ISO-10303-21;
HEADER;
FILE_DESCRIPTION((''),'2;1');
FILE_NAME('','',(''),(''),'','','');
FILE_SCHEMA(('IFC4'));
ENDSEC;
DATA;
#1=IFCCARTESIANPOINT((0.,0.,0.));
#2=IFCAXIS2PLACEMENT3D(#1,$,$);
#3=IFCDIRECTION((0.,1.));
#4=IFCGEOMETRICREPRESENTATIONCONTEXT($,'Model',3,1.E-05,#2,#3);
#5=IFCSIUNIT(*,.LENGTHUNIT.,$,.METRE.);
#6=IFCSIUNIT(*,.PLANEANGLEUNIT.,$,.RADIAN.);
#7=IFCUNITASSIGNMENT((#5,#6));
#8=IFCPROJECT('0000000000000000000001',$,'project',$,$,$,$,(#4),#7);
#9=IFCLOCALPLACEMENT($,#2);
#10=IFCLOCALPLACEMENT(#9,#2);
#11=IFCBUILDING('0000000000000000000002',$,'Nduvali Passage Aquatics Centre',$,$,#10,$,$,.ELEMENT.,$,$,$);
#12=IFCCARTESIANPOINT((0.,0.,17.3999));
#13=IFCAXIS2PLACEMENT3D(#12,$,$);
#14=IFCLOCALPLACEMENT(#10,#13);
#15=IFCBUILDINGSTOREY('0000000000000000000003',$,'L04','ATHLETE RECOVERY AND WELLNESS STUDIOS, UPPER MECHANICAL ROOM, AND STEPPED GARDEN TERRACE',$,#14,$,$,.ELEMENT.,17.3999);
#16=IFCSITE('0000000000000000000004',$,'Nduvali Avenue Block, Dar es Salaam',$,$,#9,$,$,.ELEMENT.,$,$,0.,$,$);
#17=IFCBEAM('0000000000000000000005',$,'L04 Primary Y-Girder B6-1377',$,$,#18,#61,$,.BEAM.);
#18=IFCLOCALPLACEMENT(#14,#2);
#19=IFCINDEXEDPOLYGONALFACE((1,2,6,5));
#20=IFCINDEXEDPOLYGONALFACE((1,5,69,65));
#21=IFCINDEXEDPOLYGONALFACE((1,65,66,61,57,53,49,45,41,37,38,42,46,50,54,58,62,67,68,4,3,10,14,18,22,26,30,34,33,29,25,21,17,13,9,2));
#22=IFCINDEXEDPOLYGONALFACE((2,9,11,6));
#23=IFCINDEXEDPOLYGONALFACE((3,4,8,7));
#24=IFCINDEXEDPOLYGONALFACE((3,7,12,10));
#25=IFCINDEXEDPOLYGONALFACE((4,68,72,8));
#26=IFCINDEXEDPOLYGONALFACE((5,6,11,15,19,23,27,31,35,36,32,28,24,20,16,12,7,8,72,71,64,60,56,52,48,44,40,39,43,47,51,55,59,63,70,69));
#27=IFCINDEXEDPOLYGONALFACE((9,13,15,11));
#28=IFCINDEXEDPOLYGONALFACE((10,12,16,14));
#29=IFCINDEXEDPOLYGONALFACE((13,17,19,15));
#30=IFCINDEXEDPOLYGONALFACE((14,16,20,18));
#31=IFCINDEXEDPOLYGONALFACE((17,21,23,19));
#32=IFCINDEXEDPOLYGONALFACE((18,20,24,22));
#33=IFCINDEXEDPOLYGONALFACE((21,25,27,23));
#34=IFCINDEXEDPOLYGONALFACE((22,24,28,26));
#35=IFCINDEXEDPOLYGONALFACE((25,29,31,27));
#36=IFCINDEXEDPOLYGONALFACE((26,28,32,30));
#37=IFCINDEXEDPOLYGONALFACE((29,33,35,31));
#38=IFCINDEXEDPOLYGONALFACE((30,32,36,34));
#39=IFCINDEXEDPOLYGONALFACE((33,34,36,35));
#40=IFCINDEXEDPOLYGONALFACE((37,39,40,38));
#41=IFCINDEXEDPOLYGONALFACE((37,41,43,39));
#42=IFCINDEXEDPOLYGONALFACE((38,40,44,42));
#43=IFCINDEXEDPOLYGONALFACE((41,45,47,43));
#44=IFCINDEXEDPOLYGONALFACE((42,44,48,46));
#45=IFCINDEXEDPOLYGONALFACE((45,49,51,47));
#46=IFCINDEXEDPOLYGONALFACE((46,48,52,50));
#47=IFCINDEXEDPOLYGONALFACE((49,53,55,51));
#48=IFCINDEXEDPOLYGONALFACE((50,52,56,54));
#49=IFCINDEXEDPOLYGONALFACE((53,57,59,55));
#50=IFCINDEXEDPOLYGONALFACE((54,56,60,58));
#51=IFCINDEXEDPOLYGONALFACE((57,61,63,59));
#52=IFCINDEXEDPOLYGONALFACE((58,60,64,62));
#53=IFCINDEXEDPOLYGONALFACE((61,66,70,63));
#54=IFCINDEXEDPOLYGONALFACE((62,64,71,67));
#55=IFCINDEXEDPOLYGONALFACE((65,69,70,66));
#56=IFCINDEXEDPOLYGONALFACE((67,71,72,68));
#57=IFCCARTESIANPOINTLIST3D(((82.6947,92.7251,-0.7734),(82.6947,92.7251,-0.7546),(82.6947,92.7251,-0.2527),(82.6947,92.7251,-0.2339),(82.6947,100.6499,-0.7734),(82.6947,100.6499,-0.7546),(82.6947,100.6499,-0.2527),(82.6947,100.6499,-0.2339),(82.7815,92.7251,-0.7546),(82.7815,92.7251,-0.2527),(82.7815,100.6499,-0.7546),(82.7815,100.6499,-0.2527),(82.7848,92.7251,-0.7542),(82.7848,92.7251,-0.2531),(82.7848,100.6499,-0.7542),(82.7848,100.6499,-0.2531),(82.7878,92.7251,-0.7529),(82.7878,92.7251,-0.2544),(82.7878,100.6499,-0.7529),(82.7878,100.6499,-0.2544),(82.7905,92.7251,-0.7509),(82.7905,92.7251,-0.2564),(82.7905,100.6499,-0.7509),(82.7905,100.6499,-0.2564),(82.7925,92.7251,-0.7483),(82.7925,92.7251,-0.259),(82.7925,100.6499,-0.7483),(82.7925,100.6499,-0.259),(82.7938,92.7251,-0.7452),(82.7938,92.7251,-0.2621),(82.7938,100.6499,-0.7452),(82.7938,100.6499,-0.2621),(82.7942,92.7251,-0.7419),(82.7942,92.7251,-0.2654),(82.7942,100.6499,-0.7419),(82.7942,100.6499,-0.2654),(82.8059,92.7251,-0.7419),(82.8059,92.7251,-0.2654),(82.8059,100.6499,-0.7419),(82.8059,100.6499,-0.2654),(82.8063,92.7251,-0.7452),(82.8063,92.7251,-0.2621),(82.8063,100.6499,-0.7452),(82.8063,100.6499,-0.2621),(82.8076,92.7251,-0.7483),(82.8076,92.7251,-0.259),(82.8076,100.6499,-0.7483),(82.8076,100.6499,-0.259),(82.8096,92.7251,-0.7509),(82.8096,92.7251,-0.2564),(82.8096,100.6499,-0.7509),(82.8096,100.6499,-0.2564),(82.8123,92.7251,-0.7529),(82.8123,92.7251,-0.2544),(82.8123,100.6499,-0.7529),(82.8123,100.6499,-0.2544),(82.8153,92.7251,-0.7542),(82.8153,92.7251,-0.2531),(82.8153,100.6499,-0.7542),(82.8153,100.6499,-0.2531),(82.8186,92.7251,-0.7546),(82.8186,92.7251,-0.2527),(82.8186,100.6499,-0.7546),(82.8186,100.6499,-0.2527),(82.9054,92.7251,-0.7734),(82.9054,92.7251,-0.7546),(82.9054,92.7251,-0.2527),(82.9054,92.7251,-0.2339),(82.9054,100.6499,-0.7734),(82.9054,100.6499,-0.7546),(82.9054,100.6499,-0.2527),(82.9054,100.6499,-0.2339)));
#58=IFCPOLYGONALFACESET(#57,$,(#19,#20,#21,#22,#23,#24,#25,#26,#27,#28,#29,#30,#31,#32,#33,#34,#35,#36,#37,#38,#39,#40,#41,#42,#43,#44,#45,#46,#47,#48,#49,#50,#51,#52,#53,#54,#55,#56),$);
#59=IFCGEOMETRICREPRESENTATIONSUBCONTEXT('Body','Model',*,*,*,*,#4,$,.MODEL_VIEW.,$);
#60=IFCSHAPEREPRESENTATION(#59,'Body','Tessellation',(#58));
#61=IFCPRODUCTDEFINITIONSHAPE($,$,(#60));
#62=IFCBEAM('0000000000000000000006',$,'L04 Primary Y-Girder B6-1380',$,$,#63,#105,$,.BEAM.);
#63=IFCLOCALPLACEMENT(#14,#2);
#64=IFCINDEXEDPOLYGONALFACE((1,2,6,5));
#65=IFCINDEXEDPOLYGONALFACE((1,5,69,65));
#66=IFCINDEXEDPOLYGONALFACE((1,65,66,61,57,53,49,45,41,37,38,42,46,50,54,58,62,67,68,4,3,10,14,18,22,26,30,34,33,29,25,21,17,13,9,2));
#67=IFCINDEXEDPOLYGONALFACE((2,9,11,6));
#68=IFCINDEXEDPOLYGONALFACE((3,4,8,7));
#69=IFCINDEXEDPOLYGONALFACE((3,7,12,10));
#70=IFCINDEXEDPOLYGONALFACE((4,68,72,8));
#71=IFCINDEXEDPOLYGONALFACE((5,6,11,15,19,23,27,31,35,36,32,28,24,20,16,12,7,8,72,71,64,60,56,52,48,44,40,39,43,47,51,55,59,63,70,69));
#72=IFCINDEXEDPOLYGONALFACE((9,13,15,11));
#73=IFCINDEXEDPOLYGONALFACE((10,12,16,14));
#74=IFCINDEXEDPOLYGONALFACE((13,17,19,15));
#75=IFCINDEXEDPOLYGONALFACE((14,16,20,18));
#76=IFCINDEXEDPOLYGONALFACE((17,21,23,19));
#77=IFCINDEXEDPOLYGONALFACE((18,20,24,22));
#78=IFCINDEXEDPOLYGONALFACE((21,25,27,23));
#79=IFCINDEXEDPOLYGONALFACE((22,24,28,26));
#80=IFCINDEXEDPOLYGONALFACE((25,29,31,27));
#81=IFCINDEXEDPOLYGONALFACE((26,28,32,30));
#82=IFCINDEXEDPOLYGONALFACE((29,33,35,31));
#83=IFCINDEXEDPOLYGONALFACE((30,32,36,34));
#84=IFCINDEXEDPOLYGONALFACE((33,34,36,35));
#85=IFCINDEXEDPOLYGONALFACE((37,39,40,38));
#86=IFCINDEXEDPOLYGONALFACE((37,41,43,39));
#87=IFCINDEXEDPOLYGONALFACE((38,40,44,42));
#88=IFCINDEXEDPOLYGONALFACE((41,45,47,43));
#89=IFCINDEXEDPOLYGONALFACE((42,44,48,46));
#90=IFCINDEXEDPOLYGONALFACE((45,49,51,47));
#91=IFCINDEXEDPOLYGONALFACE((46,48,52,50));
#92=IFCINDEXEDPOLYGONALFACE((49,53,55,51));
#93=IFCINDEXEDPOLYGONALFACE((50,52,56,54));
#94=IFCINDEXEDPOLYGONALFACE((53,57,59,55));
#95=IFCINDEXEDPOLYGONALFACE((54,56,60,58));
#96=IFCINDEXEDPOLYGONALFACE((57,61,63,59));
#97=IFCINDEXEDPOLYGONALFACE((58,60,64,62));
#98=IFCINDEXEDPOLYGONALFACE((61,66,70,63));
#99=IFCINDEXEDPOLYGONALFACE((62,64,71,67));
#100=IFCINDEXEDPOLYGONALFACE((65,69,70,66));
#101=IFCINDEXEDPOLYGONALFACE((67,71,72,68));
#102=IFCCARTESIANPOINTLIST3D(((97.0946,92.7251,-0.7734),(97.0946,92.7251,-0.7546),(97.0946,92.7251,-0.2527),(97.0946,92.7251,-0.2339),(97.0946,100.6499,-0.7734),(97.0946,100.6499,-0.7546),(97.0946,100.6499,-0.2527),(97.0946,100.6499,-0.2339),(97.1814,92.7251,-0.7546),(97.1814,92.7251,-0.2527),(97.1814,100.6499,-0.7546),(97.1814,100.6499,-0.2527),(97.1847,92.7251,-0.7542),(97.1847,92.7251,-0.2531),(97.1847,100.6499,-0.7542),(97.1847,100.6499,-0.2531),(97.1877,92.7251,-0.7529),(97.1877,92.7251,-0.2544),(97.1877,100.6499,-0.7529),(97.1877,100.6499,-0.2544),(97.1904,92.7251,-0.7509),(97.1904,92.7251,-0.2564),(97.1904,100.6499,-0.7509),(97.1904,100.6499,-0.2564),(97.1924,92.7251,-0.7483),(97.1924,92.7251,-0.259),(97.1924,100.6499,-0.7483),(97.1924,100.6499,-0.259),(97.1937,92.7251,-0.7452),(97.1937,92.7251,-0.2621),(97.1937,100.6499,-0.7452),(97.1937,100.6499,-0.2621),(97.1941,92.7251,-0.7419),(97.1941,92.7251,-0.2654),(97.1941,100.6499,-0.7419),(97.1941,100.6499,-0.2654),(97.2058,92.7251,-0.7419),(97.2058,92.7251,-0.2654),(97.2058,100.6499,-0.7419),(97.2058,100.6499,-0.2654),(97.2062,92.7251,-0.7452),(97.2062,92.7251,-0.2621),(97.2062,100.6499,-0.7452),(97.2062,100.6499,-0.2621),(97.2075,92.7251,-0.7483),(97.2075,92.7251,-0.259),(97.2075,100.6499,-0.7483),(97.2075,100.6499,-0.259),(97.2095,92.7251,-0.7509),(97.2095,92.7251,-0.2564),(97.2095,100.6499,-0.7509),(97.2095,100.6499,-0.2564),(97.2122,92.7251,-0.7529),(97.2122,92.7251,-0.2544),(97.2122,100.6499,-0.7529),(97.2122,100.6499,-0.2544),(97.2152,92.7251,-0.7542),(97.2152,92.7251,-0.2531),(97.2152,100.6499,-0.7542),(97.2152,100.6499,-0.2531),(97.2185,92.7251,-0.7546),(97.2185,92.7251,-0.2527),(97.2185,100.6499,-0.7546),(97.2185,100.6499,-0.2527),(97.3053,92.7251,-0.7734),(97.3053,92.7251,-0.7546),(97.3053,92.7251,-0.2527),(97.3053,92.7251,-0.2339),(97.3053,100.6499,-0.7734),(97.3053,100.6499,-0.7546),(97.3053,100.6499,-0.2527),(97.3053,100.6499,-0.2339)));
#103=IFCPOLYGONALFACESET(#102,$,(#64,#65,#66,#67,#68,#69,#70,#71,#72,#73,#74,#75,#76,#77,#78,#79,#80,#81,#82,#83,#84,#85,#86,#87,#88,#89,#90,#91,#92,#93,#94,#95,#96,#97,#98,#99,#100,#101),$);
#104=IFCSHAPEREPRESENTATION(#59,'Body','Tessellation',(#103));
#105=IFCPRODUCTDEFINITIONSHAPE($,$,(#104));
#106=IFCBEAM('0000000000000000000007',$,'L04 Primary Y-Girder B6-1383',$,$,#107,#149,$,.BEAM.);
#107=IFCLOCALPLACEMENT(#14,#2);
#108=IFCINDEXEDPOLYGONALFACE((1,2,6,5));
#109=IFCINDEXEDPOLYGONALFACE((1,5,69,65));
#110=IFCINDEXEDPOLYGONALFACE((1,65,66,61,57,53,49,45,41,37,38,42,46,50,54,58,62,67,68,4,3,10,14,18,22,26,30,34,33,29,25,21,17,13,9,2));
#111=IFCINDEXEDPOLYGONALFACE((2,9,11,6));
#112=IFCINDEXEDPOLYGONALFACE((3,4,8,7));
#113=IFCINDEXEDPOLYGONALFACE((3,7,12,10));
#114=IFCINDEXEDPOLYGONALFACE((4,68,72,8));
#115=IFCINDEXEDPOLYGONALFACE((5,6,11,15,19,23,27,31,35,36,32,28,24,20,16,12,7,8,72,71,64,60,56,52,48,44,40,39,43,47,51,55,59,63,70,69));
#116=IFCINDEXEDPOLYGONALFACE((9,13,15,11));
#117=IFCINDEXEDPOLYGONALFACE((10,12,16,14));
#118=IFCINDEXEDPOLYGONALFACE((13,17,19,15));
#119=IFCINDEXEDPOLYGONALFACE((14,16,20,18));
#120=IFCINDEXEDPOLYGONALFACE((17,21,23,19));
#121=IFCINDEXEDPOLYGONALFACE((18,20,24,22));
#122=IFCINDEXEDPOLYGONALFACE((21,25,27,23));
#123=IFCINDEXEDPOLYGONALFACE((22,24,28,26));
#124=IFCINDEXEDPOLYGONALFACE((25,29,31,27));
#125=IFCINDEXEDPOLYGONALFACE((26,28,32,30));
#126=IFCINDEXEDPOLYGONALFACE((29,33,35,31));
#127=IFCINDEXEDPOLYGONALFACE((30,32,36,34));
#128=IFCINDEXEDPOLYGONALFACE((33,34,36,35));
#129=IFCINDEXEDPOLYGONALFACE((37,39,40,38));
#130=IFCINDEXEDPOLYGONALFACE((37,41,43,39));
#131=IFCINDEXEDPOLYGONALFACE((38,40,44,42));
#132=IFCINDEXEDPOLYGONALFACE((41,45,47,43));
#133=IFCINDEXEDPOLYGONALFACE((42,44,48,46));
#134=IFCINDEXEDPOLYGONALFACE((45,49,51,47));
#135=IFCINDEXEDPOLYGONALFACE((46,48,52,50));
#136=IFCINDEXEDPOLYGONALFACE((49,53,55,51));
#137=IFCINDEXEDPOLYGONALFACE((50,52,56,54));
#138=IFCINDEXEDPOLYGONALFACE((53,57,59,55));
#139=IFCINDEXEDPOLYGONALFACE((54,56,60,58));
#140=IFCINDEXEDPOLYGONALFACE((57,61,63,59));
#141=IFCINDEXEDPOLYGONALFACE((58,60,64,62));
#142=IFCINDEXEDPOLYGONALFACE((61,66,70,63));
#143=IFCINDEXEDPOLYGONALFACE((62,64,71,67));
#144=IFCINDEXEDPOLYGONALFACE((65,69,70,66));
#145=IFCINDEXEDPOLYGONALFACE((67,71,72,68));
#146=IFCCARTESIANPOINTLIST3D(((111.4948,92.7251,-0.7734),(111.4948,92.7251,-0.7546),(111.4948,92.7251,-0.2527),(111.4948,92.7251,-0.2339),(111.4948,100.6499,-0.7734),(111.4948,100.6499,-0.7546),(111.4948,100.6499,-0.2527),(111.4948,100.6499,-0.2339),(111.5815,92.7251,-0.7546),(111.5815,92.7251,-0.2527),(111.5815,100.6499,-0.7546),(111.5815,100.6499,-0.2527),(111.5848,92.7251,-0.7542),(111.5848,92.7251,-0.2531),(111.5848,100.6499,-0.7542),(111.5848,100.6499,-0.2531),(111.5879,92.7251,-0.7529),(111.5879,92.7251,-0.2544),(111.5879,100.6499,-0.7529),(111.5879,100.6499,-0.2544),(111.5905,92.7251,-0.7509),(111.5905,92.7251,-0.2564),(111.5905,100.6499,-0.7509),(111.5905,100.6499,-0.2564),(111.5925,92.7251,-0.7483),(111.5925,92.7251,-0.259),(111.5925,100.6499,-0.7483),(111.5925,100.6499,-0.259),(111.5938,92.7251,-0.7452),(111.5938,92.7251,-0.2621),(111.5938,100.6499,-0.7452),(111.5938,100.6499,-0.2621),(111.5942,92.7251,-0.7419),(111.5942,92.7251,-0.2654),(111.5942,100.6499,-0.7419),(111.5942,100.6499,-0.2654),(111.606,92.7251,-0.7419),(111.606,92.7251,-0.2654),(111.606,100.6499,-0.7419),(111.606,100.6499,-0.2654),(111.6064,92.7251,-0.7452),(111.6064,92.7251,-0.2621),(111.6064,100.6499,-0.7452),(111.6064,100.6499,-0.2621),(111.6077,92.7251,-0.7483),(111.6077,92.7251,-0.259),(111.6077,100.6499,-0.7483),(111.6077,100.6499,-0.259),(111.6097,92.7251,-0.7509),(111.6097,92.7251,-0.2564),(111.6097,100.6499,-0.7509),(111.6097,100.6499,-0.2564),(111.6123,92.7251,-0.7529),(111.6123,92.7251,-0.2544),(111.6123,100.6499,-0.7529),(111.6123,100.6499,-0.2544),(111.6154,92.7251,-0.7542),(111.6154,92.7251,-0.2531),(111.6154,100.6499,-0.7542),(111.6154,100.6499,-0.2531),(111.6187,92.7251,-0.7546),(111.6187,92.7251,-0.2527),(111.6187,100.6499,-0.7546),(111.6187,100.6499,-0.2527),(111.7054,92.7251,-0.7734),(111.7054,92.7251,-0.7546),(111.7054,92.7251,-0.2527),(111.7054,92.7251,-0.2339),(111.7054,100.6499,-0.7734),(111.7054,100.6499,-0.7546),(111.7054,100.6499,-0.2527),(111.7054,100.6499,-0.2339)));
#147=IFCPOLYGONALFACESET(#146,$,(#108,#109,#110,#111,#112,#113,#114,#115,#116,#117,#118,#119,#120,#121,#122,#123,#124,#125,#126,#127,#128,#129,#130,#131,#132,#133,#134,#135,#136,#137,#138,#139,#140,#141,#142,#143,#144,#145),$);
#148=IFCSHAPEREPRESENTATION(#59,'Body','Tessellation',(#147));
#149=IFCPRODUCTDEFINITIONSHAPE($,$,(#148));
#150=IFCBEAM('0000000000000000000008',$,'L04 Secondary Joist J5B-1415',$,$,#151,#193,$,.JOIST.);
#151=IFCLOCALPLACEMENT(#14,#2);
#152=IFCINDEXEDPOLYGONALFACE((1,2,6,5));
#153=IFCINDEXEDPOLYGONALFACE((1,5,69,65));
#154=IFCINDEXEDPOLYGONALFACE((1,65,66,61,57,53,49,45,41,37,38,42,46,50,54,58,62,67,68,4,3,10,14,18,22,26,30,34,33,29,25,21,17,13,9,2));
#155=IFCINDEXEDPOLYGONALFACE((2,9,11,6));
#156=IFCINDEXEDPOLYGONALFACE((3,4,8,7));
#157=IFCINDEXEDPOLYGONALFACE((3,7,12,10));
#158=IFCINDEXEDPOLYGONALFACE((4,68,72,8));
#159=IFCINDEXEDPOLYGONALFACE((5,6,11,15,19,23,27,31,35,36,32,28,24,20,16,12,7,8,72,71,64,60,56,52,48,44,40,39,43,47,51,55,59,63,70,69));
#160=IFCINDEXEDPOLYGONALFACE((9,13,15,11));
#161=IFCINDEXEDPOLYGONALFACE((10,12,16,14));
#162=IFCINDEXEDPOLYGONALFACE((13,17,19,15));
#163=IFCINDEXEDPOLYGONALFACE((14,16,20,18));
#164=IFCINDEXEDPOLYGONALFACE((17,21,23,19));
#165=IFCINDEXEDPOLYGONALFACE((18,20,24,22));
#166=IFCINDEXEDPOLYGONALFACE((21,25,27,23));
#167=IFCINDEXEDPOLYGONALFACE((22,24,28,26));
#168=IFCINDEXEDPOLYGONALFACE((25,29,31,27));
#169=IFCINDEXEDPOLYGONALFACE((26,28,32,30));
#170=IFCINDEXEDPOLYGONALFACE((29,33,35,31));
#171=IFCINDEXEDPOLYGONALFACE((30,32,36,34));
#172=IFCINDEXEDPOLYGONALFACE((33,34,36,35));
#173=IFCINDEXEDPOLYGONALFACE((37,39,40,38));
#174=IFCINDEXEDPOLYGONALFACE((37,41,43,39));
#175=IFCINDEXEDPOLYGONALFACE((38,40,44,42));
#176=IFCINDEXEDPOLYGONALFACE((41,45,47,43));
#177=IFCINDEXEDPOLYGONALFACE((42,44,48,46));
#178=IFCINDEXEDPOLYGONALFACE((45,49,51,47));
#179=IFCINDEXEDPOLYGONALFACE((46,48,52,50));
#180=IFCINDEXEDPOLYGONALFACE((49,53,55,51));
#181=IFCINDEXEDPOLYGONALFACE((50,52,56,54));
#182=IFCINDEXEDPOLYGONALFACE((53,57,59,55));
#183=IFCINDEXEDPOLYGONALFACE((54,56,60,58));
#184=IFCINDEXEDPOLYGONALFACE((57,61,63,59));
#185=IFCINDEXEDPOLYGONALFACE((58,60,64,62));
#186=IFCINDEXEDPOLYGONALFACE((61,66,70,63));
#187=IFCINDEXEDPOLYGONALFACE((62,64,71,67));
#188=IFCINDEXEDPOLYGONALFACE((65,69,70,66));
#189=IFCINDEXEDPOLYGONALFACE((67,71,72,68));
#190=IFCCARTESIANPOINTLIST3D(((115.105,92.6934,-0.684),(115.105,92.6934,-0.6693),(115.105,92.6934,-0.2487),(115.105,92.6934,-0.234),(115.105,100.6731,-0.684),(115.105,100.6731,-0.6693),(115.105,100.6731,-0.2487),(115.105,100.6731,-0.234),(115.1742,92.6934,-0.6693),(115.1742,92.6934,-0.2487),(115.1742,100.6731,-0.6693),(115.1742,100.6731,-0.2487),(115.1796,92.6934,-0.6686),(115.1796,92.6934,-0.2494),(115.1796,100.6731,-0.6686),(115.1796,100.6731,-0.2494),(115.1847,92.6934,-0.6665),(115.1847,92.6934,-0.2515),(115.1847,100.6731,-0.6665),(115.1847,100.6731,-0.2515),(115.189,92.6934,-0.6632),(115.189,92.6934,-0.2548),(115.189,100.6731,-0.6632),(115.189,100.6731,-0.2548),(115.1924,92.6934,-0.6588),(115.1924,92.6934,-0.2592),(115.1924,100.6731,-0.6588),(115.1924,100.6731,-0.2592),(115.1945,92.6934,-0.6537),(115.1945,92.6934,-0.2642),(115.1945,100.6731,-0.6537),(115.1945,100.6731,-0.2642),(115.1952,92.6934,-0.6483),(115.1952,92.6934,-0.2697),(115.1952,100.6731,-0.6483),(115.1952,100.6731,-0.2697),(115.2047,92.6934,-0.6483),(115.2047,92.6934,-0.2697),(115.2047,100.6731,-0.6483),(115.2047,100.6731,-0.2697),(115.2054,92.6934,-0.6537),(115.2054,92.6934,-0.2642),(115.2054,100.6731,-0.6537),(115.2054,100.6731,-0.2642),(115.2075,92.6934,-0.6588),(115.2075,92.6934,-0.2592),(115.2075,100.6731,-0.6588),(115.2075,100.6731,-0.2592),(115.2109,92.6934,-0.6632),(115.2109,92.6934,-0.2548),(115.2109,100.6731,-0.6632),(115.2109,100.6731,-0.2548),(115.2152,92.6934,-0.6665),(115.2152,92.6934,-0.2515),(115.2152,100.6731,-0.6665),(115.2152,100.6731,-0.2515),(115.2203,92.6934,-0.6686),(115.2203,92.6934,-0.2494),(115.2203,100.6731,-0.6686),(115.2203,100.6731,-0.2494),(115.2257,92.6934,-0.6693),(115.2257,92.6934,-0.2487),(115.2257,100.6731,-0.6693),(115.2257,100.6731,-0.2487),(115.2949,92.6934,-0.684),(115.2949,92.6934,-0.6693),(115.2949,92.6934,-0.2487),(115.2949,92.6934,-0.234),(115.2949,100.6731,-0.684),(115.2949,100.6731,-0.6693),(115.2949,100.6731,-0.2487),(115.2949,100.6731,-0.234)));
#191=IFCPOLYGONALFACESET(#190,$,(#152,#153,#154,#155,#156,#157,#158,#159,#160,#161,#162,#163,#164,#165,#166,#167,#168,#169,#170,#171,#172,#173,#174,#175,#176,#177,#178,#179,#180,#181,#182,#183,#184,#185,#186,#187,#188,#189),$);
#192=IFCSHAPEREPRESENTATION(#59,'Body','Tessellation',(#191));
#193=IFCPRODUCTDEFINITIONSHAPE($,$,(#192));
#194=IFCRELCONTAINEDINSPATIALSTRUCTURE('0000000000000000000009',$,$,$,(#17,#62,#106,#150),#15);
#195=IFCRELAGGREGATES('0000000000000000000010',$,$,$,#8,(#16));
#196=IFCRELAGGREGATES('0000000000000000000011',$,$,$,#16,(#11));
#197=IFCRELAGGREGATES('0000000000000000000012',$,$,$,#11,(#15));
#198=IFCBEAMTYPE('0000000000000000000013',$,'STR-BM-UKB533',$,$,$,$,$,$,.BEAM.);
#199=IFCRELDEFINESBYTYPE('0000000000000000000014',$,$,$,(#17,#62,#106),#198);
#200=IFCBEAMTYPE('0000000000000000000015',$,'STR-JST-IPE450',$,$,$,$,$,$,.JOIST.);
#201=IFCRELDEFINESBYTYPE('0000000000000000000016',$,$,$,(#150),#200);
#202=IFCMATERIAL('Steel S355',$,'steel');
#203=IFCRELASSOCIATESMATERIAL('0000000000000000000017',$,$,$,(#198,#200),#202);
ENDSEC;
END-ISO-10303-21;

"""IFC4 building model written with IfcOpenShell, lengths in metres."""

from ifc_helpers import new_model, si_unit, direction, frame, origin, origin_2d, place, context, subcontext, project, spatial, i_section, extrude, material, material_profile, profile_set, type_object, element, save


model = new_model("IFC4")

# Units and contexts
model_context = context("Model", 3, precision=1e-05, world=origin(), true_north=direction((0.0, 1.0)))
body_context = subcontext(model_context, "Body", "Model", "MODEL_VIEW")
ifc_project = project(units=[si_unit("LENGTHUNIT", "METRE"), si_unit("PLANEANGLEUNIT", "RADIAN")], contexts=[model_context])

# Site, building, storey
site_placement = place(None, origin())
site = spatial("IfcSite", under=ifc_project, at=site_placement, Name="Nduvali Avenue Block, Dar es Salaam", CompositionType="ELEMENT", RefElevation=0.0)
building_placement = place(site_placement, origin())
building = spatial("IfcBuilding", under=site, at=building_placement, Name="Nduvali Passage Aquatics Centre", CompositionType="ELEMENT")
storey_placement = place(building_placement, frame((0.0, 0.0, 17.3999)))
storey = spatial("IfcBuildingStorey", under=building, at=storey_placement, Name="L04", Description="ATHLETE RECOVERY AND WELLNESS STUDIOS, UPPER MECHANICAL ROOM, AND STEPPED GARDEN TERRACE", CompositionType="ELEMENT", Elevation=17.3999)

# Beams
ifc_material_1 = material(Name="Steel S355", Category="steel")
ifc_material_profile_1 = material_profile(ifc_material_1, i_section(OverallWidth=0.2107, OverallDepth=0.5396, WebThickness=0.0117, FlangeThickness=0.0188, FilletRadius=0.0127, at=origin_2d()), Name="UKB 533x210x109")
ifc_profile_set_1 = profile_set([ifc_material_profile_1], Name="Steel S355")
beam_type_1 = type_object("IfcBeamType", Name="STR-BM-UKB533", PredefinedType="BEAM", material=ifc_profile_set_1)
for number, where, z_axis, x_axis, name in (
    (1, (82.8, 92.7251, -0.5037), (0.0, 1.0, 0.0), (-1.0, 0.0, 0.0), "L04 Primary Y-Girder B6-1377"),
    (2, (97.2, 92.7251, -0.5037), (0.0, 1.0, 0.0), (-1.0, 0.0, 0.0), "L04 Primary Y-Girder B6-1380"),
    (3, (111.6001, 92.7251, -0.5037), (0.0, 1.0, 0.0), (-1.0, 0.0, 0.0), "L04 Primary Y-Girder B6-1383"),
):
    element("IfcBeam", number, at=place(storey_placement, frame(where, z_axis=z_axis, x_axis=x_axis)), inside=storey, type_object=beam_type_1, Name=name, PredefinedType="BEAM", context=body_context, shape_type="SweptSolid", body=[
        extrude(i_section(OverallWidth=0.2107, OverallDepth=0.5396, WebThickness=0.0117, FlangeThickness=0.0188, FilletRadius=0.0127, at=origin_2d()), origin(), (0.0, 0.0, 1.0), 7.9248),
    ])
ifc_material_profile_2 = material_profile(ifc_material_1, i_section(OverallWidth=0.1899, OverallDepth=0.45, WebThickness=0.0095, FlangeThickness=0.0146, FilletRadius=0.021, at=origin_2d()), Name="IPE 450")
ifc_profile_set_2 = profile_set([ifc_material_profile_2], Name="Steel S355")
beam_type_2 = type_object("IfcBeamType", Name="STR-JST-IPE450", PredefinedType="JOIST", material=ifc_profile_set_2)
beam_placement = place(storey_placement, frame((115.2, 92.6934, -0.459), z_axis=(0.0, 1.0, 0.0), x_axis=(-1.0, 0.0, 0.0)))
element("IfcBeam", 4, at=beam_placement, inside=storey, type_object=beam_type_2, Name="L04 Secondary Joist J5B-1415", PredefinedType="JOIST", context=body_context, shape_type="SweptSolid", body=[
    extrude(i_section(OverallWidth=0.1899, OverallDepth=0.45, WebThickness=0.0095, FlangeThickness=0.0146, FilletRadius=0.021, at=origin_2d()), origin(), (0.0, 0.0, 1.0), 7.9797),
])

save(model, "model.ifc")
